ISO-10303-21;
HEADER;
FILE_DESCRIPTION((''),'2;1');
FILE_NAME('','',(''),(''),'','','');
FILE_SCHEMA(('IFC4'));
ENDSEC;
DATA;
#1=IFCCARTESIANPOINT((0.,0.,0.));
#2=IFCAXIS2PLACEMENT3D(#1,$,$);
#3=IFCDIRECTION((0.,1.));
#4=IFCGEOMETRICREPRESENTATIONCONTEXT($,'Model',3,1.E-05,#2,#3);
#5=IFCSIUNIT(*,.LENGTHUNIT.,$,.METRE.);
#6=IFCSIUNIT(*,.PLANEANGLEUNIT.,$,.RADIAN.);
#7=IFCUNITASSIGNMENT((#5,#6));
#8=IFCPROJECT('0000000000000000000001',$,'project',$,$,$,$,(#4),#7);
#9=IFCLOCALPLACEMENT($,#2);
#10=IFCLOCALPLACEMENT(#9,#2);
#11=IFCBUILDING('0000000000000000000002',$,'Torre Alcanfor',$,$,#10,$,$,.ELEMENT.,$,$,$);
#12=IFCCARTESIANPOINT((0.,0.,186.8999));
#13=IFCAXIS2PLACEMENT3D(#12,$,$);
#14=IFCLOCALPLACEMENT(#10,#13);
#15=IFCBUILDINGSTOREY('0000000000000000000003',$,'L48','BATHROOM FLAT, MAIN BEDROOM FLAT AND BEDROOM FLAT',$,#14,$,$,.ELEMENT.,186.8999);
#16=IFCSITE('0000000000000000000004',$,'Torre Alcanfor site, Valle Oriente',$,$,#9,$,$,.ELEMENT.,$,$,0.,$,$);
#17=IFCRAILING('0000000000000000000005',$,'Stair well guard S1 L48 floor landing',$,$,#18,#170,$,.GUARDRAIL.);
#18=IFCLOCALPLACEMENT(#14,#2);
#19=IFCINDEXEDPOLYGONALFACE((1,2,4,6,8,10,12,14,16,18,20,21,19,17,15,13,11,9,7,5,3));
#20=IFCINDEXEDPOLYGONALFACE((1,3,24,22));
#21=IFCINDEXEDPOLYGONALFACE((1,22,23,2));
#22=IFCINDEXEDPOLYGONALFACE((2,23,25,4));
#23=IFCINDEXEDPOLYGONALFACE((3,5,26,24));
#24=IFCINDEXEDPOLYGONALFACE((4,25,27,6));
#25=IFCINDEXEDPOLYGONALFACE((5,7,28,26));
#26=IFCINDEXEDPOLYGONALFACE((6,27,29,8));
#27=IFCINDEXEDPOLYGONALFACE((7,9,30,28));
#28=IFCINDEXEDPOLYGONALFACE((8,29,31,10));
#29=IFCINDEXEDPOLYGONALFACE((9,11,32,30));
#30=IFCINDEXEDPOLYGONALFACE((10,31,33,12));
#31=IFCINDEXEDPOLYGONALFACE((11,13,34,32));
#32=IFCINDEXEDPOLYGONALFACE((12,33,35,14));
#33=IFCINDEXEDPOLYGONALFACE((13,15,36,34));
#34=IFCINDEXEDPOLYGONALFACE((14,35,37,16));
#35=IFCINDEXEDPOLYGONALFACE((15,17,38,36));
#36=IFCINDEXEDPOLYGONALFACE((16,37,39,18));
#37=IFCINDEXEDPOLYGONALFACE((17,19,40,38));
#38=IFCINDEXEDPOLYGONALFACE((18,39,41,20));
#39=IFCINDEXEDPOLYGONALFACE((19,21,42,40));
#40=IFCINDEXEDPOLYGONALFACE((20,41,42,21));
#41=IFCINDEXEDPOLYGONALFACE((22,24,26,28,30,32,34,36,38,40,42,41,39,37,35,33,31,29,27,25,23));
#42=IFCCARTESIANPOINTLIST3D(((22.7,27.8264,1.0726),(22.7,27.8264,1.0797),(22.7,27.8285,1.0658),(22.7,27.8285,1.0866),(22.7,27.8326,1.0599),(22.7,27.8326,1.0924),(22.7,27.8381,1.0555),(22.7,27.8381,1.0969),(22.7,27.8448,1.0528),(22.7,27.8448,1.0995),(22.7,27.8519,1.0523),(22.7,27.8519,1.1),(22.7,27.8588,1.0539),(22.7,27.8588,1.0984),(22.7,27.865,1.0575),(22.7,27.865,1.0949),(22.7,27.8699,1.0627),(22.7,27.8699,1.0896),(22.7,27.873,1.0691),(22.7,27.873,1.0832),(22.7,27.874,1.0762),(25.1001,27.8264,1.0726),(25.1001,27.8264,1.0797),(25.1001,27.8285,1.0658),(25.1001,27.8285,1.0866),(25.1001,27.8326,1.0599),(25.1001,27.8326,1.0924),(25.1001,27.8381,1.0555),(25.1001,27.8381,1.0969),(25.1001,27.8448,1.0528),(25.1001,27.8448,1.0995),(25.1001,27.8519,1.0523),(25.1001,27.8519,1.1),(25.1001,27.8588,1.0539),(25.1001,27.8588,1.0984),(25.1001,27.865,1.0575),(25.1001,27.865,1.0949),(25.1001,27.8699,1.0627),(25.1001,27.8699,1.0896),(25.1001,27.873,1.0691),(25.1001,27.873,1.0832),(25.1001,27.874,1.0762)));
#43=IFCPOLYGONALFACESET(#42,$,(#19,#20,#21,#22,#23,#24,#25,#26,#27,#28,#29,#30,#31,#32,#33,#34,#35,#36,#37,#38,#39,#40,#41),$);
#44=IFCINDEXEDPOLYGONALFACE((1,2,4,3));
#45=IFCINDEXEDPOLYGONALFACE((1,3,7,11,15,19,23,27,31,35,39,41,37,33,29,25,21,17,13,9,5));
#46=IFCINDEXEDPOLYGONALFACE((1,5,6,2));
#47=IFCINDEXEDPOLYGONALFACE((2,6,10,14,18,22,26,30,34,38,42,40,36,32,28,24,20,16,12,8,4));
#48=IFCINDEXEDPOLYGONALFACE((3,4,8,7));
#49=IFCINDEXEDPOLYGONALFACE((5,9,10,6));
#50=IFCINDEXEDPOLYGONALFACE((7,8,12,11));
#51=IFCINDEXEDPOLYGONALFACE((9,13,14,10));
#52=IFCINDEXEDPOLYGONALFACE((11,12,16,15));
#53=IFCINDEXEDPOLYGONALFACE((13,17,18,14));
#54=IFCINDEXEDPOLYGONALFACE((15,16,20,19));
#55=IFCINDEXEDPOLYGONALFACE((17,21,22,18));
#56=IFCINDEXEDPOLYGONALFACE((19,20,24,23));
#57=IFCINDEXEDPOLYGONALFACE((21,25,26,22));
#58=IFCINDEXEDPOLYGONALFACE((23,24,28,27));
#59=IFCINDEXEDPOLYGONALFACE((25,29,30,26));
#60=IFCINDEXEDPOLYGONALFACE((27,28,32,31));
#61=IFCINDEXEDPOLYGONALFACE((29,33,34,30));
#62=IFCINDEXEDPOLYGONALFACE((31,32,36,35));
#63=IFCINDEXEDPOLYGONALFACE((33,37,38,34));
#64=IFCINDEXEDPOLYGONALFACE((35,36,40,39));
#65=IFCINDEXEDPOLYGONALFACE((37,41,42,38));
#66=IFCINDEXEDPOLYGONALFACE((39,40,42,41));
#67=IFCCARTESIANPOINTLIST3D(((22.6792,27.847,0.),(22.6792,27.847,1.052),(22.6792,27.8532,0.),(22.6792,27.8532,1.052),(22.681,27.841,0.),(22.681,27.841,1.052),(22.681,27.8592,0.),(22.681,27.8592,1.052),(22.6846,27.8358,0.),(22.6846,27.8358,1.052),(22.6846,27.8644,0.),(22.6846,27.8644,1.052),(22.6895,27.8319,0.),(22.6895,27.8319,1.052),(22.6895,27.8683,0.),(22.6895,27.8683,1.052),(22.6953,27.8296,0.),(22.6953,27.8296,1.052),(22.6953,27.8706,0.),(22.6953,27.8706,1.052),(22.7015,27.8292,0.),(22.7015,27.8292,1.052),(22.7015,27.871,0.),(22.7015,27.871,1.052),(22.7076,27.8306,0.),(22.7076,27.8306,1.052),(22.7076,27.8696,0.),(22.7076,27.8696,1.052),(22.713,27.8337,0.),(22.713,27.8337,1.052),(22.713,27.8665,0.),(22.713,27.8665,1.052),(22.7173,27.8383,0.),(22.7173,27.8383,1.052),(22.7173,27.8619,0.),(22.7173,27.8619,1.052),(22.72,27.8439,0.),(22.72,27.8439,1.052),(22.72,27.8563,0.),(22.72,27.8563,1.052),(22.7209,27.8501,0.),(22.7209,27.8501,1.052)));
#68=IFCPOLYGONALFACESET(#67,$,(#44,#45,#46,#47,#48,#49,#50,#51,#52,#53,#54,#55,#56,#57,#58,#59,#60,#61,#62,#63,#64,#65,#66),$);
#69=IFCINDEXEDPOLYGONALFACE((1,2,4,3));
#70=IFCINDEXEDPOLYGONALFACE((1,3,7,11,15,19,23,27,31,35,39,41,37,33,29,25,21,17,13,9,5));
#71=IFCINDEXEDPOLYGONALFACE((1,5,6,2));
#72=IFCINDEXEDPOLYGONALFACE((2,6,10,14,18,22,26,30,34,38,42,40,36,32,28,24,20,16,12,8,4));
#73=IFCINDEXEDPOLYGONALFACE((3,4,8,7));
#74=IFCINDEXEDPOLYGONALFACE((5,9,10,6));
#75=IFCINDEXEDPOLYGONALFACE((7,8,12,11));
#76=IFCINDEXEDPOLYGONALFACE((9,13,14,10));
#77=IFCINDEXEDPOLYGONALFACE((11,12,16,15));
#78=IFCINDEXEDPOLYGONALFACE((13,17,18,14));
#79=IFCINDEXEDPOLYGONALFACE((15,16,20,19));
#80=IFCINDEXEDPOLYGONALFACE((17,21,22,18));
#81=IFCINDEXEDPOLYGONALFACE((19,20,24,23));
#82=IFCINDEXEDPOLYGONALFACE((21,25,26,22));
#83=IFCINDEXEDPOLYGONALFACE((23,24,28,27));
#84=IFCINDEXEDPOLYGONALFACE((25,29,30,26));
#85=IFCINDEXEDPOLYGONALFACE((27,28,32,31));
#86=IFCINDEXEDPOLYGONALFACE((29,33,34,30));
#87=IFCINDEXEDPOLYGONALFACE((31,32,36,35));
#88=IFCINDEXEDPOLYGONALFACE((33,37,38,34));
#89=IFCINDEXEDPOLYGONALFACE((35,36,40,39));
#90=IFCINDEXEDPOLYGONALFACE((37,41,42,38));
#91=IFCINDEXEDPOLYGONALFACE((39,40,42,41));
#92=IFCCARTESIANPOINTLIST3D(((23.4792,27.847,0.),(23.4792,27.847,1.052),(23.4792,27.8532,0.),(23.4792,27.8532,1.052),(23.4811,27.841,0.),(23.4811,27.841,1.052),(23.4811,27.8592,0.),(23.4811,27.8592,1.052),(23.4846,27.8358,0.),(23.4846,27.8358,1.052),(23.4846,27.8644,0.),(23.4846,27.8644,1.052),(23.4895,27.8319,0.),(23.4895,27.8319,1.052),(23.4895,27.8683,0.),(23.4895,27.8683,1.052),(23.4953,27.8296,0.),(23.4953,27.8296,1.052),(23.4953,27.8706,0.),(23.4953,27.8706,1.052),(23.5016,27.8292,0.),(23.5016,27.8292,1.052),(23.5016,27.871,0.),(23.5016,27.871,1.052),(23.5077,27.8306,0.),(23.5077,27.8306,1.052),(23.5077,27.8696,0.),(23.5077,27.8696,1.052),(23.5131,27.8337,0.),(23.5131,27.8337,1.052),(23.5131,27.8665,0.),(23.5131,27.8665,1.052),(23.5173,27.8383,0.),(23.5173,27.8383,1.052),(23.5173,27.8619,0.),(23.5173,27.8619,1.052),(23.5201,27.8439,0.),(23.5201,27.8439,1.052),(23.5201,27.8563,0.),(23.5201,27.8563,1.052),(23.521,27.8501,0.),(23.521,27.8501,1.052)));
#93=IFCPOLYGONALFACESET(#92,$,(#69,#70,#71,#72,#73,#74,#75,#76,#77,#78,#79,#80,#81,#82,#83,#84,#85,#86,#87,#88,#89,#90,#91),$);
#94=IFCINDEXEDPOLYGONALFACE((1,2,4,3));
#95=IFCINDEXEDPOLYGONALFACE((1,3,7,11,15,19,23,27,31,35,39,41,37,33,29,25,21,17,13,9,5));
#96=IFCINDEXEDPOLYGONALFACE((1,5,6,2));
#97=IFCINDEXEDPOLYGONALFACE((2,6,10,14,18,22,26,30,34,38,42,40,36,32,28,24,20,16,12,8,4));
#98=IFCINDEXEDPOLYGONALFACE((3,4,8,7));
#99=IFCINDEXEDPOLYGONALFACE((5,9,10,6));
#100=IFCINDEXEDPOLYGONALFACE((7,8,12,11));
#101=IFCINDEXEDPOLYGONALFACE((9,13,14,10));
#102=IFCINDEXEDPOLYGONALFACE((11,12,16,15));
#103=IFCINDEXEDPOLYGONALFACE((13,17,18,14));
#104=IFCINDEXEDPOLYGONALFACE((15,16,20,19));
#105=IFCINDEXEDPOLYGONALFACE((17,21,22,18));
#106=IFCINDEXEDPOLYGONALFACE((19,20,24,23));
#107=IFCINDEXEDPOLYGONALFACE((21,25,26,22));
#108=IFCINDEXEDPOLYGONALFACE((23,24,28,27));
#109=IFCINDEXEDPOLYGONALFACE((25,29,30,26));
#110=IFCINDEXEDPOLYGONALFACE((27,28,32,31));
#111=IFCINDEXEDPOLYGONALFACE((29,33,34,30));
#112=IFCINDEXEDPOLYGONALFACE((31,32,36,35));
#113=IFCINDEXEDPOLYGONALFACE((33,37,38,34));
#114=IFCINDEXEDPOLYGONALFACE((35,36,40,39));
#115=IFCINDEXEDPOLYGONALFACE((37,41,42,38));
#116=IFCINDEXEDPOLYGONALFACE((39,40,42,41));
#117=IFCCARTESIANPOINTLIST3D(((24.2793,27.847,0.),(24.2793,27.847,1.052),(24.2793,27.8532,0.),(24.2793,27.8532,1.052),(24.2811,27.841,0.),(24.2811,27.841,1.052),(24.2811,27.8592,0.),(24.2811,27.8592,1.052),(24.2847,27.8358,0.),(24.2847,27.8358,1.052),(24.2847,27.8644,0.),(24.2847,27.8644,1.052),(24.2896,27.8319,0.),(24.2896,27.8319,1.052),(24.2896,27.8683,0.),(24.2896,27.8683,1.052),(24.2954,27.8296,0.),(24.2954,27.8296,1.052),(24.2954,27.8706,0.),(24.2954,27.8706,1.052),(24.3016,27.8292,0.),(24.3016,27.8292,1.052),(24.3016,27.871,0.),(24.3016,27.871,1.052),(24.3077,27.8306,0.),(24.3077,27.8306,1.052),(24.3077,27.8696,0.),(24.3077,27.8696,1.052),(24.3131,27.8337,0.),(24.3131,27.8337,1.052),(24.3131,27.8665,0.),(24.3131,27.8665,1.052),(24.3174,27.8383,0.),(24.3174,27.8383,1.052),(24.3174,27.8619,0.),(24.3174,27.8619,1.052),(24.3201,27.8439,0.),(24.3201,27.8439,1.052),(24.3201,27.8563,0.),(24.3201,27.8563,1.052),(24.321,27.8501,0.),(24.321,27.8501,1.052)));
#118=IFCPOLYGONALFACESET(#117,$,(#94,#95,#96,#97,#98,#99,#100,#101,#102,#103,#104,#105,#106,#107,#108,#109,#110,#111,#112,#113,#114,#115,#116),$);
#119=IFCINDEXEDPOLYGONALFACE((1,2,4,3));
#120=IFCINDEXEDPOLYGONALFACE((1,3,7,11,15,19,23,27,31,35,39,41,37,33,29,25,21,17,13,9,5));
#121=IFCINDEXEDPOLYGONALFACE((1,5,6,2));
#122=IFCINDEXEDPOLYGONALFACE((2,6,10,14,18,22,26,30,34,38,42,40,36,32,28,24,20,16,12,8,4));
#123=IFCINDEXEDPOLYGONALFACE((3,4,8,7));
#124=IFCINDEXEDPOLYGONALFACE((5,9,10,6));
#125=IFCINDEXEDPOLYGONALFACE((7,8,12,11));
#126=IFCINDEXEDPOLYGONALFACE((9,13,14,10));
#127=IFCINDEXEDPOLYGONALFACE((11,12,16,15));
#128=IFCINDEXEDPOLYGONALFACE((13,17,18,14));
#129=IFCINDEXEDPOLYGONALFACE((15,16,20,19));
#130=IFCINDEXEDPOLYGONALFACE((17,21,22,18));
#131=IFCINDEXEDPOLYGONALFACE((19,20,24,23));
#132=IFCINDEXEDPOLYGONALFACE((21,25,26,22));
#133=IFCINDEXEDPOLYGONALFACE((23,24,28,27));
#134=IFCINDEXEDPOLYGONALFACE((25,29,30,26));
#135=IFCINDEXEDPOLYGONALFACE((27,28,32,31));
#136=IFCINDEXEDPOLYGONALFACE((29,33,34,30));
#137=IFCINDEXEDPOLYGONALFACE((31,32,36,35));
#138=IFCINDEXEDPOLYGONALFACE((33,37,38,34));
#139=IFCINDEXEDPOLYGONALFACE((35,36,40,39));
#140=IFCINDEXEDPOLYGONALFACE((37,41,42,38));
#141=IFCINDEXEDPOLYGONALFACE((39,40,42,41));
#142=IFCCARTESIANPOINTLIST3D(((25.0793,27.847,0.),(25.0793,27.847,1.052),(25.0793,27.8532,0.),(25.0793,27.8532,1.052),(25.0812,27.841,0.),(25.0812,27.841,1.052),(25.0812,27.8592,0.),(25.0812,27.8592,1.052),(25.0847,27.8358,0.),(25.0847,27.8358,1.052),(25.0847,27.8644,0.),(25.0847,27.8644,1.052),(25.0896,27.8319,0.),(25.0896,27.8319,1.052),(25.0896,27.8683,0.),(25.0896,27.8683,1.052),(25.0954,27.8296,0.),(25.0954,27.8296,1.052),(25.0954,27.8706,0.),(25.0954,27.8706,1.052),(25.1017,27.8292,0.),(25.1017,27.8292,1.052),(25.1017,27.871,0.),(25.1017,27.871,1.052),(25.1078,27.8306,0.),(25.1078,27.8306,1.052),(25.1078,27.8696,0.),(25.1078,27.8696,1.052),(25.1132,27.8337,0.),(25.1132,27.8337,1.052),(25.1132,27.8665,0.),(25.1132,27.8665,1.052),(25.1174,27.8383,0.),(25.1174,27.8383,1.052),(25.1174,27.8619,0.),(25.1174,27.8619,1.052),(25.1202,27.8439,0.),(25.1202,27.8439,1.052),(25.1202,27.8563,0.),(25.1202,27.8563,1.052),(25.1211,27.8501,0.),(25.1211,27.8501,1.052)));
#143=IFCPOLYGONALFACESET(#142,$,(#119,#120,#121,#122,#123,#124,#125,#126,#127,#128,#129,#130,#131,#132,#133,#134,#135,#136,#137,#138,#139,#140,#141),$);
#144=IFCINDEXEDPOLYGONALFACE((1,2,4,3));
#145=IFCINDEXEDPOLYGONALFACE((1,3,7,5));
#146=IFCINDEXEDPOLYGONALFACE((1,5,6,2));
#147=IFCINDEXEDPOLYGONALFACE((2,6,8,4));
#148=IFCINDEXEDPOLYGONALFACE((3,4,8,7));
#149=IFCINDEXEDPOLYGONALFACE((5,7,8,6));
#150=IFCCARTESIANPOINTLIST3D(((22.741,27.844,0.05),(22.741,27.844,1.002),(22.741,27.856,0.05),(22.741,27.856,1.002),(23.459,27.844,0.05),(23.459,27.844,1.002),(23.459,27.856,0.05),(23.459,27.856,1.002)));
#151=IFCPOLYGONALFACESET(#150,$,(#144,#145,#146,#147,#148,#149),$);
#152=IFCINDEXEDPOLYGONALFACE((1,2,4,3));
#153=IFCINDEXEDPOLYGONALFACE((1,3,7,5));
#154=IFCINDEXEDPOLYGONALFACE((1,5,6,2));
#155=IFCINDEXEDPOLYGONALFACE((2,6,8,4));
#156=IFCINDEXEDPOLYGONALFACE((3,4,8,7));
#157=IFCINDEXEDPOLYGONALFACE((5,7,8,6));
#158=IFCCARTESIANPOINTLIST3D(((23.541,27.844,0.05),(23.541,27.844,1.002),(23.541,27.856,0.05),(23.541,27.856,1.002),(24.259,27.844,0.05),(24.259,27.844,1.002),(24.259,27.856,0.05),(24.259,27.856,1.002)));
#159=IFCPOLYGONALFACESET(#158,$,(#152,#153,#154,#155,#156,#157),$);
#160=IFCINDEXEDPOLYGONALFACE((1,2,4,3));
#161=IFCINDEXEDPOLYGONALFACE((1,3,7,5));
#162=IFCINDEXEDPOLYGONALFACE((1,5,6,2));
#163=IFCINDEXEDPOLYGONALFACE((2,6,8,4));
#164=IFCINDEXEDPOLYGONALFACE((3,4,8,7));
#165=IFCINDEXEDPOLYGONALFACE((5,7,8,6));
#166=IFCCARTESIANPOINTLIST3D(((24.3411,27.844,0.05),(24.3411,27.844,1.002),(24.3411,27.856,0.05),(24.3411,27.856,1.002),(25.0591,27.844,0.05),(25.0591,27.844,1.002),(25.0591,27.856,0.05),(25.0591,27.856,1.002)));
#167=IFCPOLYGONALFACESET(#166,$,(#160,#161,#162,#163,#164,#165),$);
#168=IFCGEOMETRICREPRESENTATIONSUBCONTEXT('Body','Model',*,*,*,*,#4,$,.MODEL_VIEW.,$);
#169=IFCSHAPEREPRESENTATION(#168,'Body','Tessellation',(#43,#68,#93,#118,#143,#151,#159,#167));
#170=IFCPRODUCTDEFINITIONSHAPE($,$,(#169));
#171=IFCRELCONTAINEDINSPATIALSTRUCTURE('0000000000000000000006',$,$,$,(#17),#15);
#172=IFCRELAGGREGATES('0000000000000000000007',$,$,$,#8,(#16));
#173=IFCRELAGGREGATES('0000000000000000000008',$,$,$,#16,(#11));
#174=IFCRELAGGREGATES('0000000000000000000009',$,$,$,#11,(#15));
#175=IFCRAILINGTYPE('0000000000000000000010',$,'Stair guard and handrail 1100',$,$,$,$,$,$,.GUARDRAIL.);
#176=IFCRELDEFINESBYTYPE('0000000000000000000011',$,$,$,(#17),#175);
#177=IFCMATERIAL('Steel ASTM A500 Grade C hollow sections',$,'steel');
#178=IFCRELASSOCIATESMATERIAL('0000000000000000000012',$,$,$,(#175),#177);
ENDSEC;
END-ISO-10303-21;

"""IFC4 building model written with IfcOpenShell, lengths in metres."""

from ifc_helpers import new_model, si_unit, direction, frame, origin, origin_2d, place, context, subcontext, project, spatial, polyline, circle, outline, extrude, material, type_object, element, save


model = new_model("IFC4")

# Units and contexts
model_context = context("Model", 3, precision=1e-05, world=origin(), true_north=direction((0.0, 1.0)))
body_context = subcontext(model_context, "Body", "Model", "MODEL_VIEW")
ifc_project = project(units=[si_unit("LENGTHUNIT", "METRE"), si_unit("PLANEANGLEUNIT", "RADIAN")], contexts=[model_context])

# Site, building, storey
site_placement = place(None, origin())
site = spatial("IfcSite", under=ifc_project, at=site_placement, Name="Torre Alcanfor site, Valle Oriente", CompositionType="ELEMENT", RefElevation=0.0)
building_placement = place(site_placement, origin())
building = spatial("IfcBuilding", under=site, at=building_placement, Name="Torre Alcanfor", CompositionType="ELEMENT")
storey_placement = place(building_placement, frame((0.0, 0.0, 186.8999)))
storey = spatial("IfcBuildingStorey", under=building, at=storey_placement, Name="L48", Description="BATHROOM FLAT, MAIN BEDROOM FLAT AND BEDROOM FLAT", CompositionType="ELEMENT", Elevation=186.8999)

# Railing
ifc_material_1 = material(Name="Steel ASTM A500 Grade C hollow sections", Category="steel")
railing_type = type_object("IfcRailingType", Name="Stair guard and handrail 1100", PredefinedType="GUARDRAIL", material=ifc_material_1)
railing_1_placement = place(storey_placement, frame((22.7, 27.8501, 0.0)))
element("IfcRailing", 1, at=railing_1_placement, inside=storey, type_object=railing_type, Name="Stair well guard S1 L48 floor landing", PredefinedType="GUARDRAIL", context=body_context, shape_type="SweptSolid", body=[
    extrude(circle(Radius=0.0239, at=origin_2d()), frame((0.0, 0.0, 1.0762), z_axis=(1.0, 0.0, 0.0), x_axis=(0.0, 1.0, 0.0)), (0.0, 0.0, 1.0), 2.4001),
    extrude(circle(Radius=0.021, at=origin_2d()), origin(), (0.0, 0.0, 1.0), 1.052),
    extrude(circle(Radius=0.021, at=origin_2d()), frame((0.8, 0.0, 0.0)), (0.0, 0.0, 1.0), 1.052),
    extrude(circle(Radius=0.021, at=origin_2d()), frame((1.6001, 0.0, 0.0)), (0.0, 0.0, 1.0), 1.052),
    extrude(circle(Radius=0.021, at=origin_2d()), frame((2.4001, 0.0, 0.0)), (0.0, 0.0, 1.0), 1.052),
    extrude(outline(polyline([(0.041, 0.05), (0.759, 0.05), (0.759, 1.002), (0.041, 1.002), (0.041, 0.05)])), frame((0.0, 0.0059, 0.0), z_axis=(0.0, -1.0, 0.0), x_axis=(1.0, 0.0, 0.0)), (0.0, 0.0, 1.0), 0.012),
    extrude(outline(polyline([(0.8411, 0.05), (1.5591, 0.05), (1.5591, 1.002), (0.8411, 1.002), (0.8411, 0.05)])), frame((0.0, 0.0059, 0.0), z_axis=(0.0, -1.0, 0.0), x_axis=(1.0, 0.0, 0.0)), (0.0, 0.0, 1.0), 0.012),
    extrude(outline(polyline([(1.6411, 0.05), (2.3591, 0.05), (2.3591, 1.002), (1.6411, 1.002), (1.6411, 0.05)])), frame((0.0, 0.0059, 0.0), z_axis=(0.0, -1.0, 0.0), x_axis=(1.0, 0.0, 0.0)), (0.0, 0.0, 1.0), 0.012),
])

save(model, "model.ifc")
